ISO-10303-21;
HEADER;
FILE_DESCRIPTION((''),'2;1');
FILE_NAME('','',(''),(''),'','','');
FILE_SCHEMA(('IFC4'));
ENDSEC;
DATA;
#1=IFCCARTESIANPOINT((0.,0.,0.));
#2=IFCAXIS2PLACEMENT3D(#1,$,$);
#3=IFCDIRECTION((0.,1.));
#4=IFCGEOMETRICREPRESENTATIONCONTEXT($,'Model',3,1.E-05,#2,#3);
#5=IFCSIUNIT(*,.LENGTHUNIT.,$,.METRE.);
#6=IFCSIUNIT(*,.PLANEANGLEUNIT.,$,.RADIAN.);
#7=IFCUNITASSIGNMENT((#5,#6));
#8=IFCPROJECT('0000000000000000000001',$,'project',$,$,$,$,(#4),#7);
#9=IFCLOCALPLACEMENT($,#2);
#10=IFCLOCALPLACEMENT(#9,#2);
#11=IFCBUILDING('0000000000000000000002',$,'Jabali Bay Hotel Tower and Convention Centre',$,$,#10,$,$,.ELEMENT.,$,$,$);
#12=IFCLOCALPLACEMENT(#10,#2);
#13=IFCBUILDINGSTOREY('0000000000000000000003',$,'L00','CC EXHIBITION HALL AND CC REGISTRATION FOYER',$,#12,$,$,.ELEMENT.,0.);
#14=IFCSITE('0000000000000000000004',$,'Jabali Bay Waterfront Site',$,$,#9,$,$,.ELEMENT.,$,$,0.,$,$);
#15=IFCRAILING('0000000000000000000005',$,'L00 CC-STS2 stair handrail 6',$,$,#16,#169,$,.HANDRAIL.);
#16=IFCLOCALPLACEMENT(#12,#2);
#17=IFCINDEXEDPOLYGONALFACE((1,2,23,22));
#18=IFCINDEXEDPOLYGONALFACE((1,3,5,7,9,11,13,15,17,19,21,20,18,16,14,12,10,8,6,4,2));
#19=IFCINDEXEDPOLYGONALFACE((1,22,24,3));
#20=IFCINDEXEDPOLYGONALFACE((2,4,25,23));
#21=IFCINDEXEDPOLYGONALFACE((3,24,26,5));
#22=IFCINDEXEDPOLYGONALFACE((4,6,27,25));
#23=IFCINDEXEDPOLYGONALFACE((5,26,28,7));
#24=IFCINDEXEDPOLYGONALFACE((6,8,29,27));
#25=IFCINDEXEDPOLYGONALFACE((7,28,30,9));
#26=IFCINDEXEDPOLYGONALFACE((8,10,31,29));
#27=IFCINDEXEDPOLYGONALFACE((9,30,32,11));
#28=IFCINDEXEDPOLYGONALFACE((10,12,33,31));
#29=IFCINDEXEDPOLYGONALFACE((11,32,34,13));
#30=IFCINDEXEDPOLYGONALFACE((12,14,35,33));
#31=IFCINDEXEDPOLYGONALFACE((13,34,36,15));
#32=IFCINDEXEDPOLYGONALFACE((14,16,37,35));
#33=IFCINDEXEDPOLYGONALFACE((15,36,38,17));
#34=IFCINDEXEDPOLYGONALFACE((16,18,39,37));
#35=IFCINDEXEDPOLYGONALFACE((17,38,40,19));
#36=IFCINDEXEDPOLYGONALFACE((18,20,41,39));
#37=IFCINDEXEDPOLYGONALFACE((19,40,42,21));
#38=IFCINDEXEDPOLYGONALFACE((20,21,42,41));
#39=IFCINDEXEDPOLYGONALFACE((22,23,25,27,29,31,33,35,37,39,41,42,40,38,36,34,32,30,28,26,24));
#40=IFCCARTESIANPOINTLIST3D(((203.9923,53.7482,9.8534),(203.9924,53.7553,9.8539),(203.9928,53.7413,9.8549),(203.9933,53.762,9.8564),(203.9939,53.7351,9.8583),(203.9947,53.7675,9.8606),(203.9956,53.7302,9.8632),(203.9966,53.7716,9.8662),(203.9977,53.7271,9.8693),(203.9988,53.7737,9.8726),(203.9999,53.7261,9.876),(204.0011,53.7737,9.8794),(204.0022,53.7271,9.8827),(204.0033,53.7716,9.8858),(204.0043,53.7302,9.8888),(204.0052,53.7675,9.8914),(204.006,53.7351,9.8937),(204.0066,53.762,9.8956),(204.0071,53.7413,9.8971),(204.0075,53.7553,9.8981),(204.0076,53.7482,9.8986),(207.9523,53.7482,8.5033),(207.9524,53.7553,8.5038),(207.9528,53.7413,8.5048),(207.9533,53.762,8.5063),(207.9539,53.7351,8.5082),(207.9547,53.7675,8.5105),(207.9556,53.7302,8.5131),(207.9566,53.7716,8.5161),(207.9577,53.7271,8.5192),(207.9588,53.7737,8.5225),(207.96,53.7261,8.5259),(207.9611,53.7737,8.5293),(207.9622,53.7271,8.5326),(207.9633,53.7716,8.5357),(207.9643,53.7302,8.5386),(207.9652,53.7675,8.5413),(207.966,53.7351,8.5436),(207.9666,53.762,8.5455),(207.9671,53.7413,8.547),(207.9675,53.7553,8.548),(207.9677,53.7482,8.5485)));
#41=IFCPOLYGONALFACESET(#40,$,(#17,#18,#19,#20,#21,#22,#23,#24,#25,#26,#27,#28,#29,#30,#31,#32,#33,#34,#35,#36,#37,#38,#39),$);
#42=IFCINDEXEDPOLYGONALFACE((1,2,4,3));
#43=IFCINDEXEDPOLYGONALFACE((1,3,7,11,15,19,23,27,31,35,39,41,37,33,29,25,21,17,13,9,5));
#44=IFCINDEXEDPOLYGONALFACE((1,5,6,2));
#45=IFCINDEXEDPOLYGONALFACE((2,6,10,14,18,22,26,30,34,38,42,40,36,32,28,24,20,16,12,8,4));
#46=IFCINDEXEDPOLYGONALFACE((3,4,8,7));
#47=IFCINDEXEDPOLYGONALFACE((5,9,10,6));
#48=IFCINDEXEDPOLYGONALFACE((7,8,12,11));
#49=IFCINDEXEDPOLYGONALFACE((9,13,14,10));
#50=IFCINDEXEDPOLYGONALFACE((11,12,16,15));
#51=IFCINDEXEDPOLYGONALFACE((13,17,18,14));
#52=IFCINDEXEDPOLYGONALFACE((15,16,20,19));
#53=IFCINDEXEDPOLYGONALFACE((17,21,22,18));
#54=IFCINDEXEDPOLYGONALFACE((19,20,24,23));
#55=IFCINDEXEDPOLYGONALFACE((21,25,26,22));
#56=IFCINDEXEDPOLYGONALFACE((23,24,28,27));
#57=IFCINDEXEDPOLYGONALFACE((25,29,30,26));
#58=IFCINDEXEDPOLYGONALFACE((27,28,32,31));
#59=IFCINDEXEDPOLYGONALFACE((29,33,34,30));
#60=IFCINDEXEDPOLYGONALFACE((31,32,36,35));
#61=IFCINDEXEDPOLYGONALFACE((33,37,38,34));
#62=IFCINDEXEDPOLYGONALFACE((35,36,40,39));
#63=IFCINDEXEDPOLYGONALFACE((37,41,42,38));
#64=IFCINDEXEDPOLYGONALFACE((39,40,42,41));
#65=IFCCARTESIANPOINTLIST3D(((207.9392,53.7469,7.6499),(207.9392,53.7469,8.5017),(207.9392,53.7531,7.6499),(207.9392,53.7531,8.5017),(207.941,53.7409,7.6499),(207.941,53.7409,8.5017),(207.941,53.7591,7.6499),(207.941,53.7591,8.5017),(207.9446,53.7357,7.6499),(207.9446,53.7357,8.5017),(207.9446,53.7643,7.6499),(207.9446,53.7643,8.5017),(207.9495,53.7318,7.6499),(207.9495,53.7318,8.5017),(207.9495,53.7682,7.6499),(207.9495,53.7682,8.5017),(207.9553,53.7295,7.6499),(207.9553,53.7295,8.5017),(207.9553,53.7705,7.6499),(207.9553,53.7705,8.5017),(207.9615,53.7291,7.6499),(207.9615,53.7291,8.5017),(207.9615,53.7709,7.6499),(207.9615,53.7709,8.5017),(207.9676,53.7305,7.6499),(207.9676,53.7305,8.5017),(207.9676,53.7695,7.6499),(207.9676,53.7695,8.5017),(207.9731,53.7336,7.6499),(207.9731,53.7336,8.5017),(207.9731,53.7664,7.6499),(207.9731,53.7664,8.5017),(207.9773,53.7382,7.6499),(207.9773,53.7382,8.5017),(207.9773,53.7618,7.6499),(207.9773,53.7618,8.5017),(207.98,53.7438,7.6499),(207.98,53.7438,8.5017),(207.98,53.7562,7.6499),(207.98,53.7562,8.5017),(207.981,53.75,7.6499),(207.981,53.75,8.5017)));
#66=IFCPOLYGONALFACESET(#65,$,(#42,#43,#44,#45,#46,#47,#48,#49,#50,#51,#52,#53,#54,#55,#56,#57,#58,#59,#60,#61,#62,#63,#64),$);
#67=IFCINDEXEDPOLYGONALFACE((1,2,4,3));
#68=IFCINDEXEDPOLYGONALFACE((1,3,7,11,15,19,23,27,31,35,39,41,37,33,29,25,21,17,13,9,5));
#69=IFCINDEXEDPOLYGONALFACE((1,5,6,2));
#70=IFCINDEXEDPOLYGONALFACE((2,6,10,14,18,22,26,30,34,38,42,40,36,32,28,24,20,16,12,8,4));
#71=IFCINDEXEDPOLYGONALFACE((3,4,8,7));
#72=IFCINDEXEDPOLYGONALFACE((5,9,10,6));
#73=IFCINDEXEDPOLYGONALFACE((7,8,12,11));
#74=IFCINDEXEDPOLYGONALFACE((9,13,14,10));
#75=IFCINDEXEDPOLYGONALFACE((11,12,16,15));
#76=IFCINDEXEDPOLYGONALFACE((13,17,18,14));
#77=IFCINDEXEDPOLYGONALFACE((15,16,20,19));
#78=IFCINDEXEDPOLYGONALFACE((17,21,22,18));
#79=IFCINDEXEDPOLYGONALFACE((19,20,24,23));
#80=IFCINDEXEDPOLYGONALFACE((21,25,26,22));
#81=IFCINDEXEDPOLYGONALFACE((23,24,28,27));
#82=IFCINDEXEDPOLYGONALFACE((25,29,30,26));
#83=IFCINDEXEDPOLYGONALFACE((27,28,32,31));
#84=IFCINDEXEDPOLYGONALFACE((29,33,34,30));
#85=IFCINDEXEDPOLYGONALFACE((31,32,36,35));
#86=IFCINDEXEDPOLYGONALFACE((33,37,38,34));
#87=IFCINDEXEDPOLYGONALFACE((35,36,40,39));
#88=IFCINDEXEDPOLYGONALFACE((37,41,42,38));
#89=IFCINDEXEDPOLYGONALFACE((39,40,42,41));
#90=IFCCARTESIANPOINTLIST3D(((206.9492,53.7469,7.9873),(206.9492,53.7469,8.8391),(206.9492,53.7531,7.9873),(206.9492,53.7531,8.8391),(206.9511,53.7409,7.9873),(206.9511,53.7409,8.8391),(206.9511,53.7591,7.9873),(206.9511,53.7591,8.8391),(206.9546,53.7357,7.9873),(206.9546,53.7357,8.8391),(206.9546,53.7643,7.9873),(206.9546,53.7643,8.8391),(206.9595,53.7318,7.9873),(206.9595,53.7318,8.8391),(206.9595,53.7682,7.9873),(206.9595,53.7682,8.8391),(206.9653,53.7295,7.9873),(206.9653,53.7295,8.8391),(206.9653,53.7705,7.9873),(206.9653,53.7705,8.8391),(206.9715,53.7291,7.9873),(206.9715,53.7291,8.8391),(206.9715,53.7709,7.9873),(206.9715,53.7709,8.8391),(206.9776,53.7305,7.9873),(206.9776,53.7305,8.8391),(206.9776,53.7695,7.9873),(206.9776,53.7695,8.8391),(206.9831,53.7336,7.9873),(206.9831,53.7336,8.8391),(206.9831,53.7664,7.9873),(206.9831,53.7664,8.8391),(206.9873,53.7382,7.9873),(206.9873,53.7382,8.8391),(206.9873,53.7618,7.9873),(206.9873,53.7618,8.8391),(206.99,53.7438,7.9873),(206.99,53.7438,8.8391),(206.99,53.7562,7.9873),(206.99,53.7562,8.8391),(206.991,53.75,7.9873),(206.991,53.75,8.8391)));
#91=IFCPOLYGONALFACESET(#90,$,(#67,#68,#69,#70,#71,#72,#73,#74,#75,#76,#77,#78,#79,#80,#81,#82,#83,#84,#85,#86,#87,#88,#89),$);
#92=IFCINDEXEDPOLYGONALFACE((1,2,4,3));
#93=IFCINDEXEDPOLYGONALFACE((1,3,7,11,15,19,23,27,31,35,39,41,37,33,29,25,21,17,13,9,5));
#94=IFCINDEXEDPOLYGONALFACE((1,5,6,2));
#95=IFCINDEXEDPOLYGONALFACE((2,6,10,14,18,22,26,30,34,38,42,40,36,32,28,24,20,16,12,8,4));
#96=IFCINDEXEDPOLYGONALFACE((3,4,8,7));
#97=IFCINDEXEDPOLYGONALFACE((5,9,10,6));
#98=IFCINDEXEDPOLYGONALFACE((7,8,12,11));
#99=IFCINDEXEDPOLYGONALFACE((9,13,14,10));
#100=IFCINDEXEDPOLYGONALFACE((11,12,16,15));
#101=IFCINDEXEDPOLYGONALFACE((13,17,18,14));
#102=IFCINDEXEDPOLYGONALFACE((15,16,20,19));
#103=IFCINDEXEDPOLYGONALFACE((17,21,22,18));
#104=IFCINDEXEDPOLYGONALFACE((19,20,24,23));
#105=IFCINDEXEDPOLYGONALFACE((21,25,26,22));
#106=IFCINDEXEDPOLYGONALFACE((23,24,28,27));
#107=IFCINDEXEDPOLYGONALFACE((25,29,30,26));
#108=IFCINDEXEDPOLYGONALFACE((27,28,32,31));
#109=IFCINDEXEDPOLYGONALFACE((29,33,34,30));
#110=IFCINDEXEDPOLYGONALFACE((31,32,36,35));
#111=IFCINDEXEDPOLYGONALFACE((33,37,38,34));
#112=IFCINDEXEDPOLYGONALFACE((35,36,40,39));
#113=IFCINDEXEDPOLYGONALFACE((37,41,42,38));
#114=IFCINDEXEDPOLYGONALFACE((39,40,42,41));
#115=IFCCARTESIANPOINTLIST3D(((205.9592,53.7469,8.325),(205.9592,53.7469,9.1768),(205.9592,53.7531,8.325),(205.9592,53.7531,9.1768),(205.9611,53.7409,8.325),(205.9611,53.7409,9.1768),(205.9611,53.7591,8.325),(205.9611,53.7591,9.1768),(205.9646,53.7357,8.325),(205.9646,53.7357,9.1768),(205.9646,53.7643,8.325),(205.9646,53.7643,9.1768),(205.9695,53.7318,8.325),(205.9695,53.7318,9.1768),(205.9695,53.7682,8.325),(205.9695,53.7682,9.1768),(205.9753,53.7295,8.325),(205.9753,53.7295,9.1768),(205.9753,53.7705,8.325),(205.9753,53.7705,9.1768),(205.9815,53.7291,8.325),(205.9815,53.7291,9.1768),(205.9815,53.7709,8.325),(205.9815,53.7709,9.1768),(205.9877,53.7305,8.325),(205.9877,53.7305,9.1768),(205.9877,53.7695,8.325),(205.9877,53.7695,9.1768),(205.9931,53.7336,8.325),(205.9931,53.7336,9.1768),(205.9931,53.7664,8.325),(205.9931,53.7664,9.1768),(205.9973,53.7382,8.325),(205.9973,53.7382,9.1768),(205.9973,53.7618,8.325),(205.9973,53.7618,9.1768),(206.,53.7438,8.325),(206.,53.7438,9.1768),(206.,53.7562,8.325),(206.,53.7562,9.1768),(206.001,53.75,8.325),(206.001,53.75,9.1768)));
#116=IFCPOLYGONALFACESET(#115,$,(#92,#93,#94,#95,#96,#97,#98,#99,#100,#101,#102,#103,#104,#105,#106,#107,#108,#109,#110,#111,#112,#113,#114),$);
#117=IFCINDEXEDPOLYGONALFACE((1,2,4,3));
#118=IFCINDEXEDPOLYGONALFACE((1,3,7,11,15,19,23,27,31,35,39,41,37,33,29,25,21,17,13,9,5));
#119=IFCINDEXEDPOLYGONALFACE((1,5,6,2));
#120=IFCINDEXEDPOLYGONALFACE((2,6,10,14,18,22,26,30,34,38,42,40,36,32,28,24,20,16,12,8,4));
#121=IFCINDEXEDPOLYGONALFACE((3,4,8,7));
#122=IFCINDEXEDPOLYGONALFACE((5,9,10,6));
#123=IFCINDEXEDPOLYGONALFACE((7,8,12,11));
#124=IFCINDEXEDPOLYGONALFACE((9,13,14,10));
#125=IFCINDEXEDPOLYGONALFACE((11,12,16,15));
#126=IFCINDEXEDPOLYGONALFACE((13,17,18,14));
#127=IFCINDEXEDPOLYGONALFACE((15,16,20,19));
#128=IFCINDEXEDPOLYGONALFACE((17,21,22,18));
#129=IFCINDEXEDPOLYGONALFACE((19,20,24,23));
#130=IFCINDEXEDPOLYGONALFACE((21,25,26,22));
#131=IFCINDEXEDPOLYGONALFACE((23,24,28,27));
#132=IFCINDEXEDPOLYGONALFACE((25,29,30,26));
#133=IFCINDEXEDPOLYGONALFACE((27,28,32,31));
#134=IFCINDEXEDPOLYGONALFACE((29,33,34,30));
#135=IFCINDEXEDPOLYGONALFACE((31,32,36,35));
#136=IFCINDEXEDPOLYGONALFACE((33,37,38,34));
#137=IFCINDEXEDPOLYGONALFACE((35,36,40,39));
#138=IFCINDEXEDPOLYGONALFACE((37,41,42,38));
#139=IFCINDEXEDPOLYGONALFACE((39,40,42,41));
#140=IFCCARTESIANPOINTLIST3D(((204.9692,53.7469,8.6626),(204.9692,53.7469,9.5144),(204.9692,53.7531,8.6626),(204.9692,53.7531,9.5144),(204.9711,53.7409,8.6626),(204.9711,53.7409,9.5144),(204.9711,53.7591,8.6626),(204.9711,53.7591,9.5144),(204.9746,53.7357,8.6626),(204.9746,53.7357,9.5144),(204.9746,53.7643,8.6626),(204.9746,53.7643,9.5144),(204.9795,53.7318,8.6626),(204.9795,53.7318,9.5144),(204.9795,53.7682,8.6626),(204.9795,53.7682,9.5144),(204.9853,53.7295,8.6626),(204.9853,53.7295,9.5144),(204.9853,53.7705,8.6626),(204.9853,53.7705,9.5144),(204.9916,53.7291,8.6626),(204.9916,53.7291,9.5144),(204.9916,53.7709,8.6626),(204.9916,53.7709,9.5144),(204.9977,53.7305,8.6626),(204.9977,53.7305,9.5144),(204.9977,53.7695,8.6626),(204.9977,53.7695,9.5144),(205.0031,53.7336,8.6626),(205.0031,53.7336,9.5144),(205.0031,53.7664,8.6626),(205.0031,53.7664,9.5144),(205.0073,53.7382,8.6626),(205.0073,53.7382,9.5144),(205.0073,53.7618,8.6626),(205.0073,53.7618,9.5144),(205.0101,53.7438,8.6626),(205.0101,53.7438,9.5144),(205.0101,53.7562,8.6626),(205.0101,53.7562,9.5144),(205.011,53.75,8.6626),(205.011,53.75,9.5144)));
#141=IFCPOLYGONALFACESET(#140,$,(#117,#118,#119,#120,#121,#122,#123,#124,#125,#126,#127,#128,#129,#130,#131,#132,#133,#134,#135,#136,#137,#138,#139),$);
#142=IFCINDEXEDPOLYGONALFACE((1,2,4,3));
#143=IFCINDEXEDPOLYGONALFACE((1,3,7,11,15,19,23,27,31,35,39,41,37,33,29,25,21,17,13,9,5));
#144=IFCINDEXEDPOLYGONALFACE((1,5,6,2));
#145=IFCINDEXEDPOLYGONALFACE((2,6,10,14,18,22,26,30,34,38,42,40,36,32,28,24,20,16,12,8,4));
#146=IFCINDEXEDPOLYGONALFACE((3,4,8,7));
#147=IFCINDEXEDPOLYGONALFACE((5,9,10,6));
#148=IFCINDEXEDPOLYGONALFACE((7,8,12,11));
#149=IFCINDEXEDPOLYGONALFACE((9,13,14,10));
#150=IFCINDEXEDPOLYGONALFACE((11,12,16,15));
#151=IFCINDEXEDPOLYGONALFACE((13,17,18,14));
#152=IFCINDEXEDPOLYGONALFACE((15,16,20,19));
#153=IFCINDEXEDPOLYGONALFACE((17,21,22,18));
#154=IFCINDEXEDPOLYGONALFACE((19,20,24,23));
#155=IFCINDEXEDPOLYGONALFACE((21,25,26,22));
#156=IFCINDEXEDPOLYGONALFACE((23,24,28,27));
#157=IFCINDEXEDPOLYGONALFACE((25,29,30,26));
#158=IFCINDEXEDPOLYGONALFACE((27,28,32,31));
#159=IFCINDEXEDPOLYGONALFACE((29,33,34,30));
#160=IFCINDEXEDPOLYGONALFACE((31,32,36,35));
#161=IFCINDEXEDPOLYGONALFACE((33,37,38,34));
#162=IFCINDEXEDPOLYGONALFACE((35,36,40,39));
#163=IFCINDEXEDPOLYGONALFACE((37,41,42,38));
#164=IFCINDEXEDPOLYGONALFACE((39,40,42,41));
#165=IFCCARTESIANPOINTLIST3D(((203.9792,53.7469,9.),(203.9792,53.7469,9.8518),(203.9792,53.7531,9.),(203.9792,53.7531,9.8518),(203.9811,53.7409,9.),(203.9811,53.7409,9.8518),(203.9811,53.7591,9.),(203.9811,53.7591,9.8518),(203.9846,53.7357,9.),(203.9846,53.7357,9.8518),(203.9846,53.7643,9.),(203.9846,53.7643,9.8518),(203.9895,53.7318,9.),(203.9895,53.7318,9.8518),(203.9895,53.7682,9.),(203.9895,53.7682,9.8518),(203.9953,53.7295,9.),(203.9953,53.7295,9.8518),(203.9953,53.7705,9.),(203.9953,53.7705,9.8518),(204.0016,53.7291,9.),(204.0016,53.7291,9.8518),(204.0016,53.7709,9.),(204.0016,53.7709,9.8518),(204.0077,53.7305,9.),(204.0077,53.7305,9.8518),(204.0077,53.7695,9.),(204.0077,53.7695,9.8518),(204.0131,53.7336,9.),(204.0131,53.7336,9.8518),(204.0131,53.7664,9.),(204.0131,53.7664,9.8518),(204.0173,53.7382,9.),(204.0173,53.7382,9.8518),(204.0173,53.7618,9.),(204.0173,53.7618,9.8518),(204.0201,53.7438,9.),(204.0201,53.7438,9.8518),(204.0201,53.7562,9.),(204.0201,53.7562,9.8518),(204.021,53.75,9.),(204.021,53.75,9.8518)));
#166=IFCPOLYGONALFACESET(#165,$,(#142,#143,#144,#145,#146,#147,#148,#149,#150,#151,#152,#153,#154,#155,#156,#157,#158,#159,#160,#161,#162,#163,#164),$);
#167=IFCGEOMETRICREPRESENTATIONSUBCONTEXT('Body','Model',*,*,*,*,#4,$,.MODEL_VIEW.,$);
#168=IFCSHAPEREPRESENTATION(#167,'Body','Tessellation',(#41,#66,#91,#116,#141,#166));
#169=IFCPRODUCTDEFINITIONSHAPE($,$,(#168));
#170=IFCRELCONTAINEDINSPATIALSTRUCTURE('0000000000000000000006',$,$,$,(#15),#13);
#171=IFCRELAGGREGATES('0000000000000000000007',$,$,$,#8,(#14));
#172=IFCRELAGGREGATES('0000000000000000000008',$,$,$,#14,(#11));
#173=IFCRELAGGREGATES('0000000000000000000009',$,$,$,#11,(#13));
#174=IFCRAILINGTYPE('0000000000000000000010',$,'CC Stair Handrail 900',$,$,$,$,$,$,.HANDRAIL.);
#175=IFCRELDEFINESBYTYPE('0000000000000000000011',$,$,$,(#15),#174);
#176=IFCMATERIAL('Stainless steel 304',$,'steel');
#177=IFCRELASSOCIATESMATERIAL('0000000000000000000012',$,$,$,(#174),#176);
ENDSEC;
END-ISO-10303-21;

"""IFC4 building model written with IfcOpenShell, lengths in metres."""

from ifc_helpers import new_model, si_unit, direction, frame, origin, origin_2d, place, context, subcontext, project, spatial, circle, extrude, material, type_object, element, save


model = new_model("IFC4")

# Units and contexts
model_context = context("Model", 3, precision=1e-05, world=origin(), true_north=direction((0.0, 1.0)))
body_context = subcontext(model_context, "Body", "Model", "MODEL_VIEW")
ifc_project = project(units=[si_unit("LENGTHUNIT", "METRE"), si_unit("PLANEANGLEUNIT", "RADIAN")], contexts=[model_context])

# Site, building, storey
site_placement = place(None, origin())
site = spatial("IfcSite", under=ifc_project, at=site_placement, Name="Jabali Bay Waterfront Site", CompositionType="ELEMENT", RefElevation=0.0)
building_placement = place(site_placement, origin())
building = spatial("IfcBuilding", under=site, at=building_placement, Name="Jabali Bay Hotel Tower and Convention Centre", CompositionType="ELEMENT")
storey_placement = place(building_placement, origin())
storey = spatial("IfcBuildingStorey", under=building, at=storey_placement, Name="L00", Description="CC EXHIBITION HALL AND CC REGISTRATION FOYER", CompositionType="ELEMENT", Elevation=0.0)

# Railing
ifc_material_1 = material(Name="Stainless steel 304", Category="steel")
railing_type_1 = type_object("IfcRailingType", Name="CC Stair Handrail 900", PredefinedType="HANDRAIL", material=ifc_material_1)
railing_1_placement = place(storey_placement, frame((207.96, 53.75, 7.6499)))
element("IfcRailing", 1, at=railing_1_placement, inside=storey, type_object=railing_type_1, Name="L00 CC-STS2 stair handrail 6", PredefinedType="HANDRAIL", context=body_context, shape_type="SweptSolid", body=[
    extrude(circle(Radius=0.0239, at=origin_2d()), frame((0.0, 0.0, 0.876), z_axis=(-0.946502, 0.0, 0.322698), x_axis=(0.0, -1.0, 0.0)), (0.0, 0.0, 1.0), 4.1838),
    extrude(circle(Radius=0.021, at=origin_2d()), origin(), (0.0, 0.0, 1.0), 0.8518),
    extrude(circle(Radius=0.021, at=origin_2d()), frame((-0.99, 0.0, 0.3374)), (0.0, 0.0, 1.0), 0.8518),
    extrude(circle(Radius=0.021, at=origin_2d()), frame((-1.98, 0.0, 0.675)), (0.0, 0.0, 1.0), 0.8518),
    extrude(circle(Radius=0.021, at=origin_2d()), frame((-2.97, 0.0, 1.0127)), (0.0, 0.0, 1.0), 0.8518),
    extrude(circle(Radius=0.021, at=origin_2d()), frame((-3.96, 0.0, 1.3501)), (0.0, 0.0, 1.0), 0.8518),
])

save(model, "model.ifc")
